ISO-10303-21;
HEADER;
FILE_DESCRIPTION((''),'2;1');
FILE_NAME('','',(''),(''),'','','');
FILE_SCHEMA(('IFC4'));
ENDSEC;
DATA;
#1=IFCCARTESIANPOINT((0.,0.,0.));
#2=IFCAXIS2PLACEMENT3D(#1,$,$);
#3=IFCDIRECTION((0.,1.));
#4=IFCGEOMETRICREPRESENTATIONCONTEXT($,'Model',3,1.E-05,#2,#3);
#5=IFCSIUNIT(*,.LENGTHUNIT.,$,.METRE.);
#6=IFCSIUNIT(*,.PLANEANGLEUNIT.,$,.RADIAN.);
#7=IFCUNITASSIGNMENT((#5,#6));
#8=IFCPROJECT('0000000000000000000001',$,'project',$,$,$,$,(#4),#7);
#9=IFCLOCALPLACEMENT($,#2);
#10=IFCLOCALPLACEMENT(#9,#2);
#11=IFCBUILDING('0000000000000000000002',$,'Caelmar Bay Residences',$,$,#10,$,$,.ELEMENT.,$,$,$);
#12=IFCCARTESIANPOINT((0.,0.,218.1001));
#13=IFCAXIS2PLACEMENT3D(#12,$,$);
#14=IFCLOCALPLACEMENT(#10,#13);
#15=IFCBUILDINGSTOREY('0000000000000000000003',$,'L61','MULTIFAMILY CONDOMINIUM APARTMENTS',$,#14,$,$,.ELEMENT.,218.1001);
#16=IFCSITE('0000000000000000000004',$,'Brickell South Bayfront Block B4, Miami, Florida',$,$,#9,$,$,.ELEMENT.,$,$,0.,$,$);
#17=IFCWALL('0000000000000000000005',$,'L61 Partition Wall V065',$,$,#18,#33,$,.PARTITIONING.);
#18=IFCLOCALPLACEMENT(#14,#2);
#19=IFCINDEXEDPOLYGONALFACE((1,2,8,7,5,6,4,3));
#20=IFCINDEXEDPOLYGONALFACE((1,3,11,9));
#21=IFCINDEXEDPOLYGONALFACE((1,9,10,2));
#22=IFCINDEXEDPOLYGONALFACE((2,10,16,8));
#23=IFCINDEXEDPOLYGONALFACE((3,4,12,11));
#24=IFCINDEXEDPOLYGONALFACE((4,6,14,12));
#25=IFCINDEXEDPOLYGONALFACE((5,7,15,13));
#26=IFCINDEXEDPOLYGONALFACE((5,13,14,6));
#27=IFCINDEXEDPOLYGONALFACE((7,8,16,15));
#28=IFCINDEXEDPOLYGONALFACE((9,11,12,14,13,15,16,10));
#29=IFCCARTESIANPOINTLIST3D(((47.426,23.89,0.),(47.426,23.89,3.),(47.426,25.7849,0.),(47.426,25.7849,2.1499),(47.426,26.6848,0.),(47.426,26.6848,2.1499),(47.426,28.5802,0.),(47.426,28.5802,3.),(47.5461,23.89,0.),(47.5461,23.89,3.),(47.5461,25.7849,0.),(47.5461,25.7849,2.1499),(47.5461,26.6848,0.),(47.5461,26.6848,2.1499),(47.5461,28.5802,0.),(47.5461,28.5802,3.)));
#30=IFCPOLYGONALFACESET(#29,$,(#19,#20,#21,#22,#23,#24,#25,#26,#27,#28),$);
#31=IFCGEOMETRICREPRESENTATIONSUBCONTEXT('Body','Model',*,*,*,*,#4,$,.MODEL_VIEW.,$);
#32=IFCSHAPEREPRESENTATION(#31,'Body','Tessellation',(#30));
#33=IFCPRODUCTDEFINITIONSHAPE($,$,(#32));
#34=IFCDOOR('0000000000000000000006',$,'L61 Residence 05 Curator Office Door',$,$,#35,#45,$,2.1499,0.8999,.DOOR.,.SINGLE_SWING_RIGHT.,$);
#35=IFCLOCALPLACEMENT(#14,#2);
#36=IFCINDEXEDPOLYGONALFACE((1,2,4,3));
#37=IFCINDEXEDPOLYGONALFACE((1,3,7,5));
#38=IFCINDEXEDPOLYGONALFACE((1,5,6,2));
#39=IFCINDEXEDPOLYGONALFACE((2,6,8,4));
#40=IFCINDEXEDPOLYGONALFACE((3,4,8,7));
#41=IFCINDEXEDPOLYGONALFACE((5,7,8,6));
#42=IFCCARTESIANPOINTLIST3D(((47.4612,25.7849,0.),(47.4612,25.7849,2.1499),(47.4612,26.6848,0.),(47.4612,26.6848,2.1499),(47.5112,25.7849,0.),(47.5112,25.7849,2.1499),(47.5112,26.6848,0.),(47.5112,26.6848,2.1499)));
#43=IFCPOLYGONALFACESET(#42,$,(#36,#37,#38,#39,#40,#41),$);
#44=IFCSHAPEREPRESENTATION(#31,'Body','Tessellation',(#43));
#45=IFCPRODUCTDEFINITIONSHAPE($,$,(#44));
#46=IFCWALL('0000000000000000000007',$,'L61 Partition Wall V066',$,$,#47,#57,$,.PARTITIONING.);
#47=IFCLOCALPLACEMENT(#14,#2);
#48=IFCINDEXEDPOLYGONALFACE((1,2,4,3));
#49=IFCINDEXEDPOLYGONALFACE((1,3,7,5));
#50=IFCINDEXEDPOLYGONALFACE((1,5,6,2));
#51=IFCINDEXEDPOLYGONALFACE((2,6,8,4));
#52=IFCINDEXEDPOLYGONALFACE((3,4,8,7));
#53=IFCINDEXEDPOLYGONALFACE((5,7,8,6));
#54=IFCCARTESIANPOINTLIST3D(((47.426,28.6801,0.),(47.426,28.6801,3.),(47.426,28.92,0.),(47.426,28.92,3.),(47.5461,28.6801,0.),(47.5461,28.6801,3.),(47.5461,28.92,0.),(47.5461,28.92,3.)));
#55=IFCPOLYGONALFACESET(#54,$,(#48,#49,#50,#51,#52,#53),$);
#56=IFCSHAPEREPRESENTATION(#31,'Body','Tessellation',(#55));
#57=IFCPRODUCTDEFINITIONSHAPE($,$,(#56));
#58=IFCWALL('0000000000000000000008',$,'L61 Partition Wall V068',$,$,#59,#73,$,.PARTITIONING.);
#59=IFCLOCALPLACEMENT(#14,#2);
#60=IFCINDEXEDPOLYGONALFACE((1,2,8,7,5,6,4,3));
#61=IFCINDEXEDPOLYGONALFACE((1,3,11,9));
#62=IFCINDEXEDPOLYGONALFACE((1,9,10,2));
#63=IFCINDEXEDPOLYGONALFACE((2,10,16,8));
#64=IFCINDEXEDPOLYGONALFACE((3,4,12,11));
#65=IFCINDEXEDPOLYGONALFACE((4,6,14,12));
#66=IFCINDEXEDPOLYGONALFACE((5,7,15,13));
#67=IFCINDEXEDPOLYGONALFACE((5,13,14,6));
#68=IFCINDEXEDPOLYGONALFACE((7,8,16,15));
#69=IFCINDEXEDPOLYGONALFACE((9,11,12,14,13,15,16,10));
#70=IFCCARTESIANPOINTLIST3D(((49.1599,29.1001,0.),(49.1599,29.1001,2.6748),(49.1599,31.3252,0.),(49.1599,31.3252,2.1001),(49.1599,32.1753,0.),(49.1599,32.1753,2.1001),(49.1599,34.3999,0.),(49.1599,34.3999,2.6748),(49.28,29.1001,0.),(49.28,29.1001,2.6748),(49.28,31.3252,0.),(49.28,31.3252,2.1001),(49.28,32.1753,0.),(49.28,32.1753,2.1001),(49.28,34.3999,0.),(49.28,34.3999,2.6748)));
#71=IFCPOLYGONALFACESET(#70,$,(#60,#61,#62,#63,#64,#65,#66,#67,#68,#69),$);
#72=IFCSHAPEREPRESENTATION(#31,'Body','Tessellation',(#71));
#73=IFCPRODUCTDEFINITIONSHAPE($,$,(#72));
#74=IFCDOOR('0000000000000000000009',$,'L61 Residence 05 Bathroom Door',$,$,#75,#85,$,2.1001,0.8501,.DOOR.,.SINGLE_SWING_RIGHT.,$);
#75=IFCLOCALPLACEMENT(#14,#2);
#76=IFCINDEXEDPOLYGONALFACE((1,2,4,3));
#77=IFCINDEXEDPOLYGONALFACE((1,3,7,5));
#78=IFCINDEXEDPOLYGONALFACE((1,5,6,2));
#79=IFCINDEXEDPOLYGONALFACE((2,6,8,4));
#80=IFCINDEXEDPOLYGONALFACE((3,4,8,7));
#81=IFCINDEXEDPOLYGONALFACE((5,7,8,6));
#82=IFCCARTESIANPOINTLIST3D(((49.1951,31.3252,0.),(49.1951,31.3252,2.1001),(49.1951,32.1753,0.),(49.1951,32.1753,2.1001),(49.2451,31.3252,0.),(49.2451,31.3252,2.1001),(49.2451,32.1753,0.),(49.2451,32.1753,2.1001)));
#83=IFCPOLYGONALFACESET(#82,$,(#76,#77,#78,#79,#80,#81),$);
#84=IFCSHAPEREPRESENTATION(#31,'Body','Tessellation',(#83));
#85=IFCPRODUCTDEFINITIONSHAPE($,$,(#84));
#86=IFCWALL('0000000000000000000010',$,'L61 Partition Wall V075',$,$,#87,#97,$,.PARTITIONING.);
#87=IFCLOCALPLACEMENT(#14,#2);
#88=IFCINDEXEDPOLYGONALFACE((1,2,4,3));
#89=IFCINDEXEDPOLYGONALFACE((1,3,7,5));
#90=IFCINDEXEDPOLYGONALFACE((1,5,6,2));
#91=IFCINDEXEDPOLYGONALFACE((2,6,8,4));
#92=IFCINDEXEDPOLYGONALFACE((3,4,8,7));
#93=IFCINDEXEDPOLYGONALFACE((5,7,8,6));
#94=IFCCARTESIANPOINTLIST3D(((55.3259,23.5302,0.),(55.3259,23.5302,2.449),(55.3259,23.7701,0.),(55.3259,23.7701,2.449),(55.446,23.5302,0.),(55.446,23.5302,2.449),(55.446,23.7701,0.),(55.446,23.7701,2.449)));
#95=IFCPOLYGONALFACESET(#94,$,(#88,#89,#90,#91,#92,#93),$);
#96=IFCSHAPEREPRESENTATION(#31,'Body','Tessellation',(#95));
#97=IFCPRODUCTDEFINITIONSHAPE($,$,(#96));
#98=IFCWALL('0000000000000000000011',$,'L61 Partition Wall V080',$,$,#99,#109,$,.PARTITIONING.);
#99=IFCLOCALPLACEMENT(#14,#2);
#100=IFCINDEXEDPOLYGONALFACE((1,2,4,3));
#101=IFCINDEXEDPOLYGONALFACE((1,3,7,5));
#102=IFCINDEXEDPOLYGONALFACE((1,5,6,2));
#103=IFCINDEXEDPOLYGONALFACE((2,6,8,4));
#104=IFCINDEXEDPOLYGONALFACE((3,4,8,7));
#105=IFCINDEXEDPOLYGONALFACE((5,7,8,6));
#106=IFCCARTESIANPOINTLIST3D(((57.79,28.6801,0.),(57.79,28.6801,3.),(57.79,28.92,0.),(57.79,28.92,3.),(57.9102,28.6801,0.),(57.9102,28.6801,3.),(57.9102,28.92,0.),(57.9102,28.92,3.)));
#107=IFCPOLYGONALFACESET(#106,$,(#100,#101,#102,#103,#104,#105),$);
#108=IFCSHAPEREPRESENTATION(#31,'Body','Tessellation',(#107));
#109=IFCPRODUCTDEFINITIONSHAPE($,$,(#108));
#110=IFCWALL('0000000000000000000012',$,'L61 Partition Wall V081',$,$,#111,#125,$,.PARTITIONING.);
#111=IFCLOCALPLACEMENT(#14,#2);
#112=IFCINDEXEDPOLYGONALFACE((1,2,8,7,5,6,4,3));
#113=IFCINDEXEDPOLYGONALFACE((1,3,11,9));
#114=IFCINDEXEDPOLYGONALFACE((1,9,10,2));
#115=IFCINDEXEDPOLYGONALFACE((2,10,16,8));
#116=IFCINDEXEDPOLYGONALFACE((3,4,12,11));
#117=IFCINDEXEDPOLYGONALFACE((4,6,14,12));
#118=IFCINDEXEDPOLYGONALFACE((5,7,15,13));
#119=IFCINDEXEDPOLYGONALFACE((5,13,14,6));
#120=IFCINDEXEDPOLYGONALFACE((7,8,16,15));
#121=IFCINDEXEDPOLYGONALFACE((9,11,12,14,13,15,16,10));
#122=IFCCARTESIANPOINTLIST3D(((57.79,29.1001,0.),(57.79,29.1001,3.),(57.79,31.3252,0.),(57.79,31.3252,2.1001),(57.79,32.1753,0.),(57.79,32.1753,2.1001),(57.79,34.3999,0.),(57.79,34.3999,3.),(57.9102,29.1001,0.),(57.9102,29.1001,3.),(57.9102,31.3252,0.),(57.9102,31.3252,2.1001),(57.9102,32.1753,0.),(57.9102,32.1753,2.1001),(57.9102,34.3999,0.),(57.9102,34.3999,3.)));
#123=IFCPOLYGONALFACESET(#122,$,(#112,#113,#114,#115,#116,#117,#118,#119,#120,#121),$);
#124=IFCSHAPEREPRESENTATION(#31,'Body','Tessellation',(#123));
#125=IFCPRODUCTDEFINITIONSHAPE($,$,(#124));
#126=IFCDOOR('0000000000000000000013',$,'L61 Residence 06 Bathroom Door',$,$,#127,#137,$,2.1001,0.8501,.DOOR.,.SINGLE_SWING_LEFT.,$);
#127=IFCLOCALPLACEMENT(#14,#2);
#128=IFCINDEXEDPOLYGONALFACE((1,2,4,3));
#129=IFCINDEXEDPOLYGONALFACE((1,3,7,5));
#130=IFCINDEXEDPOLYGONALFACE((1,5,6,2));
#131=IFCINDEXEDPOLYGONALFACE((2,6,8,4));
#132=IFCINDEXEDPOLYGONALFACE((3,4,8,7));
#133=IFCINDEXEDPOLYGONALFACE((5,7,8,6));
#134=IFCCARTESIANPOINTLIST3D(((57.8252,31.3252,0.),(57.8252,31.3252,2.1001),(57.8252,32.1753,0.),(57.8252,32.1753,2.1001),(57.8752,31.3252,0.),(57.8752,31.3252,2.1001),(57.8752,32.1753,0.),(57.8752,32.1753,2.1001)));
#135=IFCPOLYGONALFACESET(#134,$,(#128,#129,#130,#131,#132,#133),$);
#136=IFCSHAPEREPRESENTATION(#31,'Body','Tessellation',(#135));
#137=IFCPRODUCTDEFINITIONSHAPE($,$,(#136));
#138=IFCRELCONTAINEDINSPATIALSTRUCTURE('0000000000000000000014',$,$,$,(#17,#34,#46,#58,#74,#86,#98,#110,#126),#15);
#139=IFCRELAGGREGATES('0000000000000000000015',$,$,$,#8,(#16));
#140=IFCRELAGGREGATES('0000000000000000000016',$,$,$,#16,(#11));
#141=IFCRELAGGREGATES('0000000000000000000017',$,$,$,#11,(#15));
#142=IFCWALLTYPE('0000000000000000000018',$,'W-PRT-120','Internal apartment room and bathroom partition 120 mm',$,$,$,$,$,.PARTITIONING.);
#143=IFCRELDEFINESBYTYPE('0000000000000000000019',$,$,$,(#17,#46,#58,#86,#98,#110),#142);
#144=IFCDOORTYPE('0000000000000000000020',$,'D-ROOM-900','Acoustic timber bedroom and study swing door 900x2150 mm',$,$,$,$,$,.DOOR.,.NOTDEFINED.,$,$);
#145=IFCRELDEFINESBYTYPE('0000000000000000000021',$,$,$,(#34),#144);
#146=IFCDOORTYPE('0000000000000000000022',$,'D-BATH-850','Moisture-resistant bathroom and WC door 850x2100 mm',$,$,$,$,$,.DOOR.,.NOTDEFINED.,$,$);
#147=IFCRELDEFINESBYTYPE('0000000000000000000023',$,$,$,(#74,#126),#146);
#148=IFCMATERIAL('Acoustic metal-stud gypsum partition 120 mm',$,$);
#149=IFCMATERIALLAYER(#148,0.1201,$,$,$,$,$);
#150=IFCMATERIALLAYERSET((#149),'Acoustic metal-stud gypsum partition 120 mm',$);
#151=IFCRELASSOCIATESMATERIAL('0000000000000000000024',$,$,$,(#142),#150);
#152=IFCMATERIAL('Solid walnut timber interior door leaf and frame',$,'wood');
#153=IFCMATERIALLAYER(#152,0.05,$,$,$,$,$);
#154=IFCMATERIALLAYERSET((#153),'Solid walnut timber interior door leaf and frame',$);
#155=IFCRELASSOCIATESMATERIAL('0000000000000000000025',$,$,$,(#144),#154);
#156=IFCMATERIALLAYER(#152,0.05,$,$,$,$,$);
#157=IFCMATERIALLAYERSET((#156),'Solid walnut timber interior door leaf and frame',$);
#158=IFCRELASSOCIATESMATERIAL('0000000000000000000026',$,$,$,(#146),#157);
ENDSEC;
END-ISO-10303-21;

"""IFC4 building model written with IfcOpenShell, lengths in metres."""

from ifc_helpers import new_model, si_unit, direction, frame, frame_2d, origin, place, context, subcontext, project, spatial, rectangle, extrude, material, layer, layer_set, type_object, element, fill, save


model = new_model("IFC4")

# Units and contexts
model_context = context("Model", 3, precision=1e-05, world=origin(), true_north=direction((0.0, 1.0)))
body_context = subcontext(model_context, "Body", "Model", "MODEL_VIEW")
ifc_project = project(units=[si_unit("LENGTHUNIT", "METRE"), si_unit("PLANEANGLEUNIT", "RADIAN")], contexts=[model_context])

# Site, building, storey
site_placement = place(None, origin())
site = spatial("IfcSite", under=ifc_project, at=site_placement, Name="Brickell South Bayfront Block B4, Miami, Florida", CompositionType="ELEMENT", RefElevation=0.0)
building_placement = place(site_placement, origin())
building = spatial("IfcBuilding", under=site, at=building_placement, Name="Caelmar Bay Residences", CompositionType="ELEMENT")
storey_placement = place(building_placement, frame((0.0, 0.0, 218.1001)))
storey = spatial("IfcBuildingStorey", under=building, at=storey_placement, Name="L61", Description="MULTIFAMILY CONDOMINIUM APARTMENTS", CompositionType="ELEMENT", Elevation=218.1001)

# Wall, opening, door
ifc_material_1 = material(Name="Acoustic metal-stud gypsum partition 120 mm")
ifc_layer_1 = layer(ifc_material_1, 0.1201)
ifc_layer_set_1 = layer_set([ifc_layer_1], Name="Acoustic metal-stud gypsum partition 120 mm")
wall_type_1 = type_object("IfcWallType", Name="W-PRT-120", Description="Internal apartment room and bathroom partition 120 mm", PredefinedType="PARTITIONING", material=ifc_layer_set_1)
wall_1_placement = place(storey_placement, frame((47.4861, 23.8899, 0.0), z_axis=(0.0, 0.0, 1.0), x_axis=(0.0, 1.0, 0.0)))
wall_1 = element("IfcWall", 1, at=wall_1_placement, inside=storey, type_object=wall_type_1, Name="L61 Partition Wall V065", PredefinedType="PARTITIONING", context=body_context, shape_type="SweptSolid", body=[
    extrude(rectangle(XDim=4.6902, YDim=0.1201, at=frame_2d((2.3452, 0.0))), origin(), (0.0, 0.0, 1.0), 3.0),
])
opening_1_placement = place(wall_1_placement, frame((1.895, 0.0, 0.0)))
opening_1 = element("IfcOpeningElement", 2, at=opening_1_placement, cuts=wall_1, PredefinedType="OPENING", context=body_context, shape_type="SweptSolid", body=[
    extrude(rectangle(XDim=0.8999, YDim=2.1499, at=frame_2d((0.45, 1.075))), frame((0.0, 0.0701, 0.0), z_axis=(0.0, -1.0, 0.0), x_axis=(1.0, 0.0, 0.0)), (0.0, 0.0, 1.0), 0.1401),
])
ifc_material_2 = material(Name="Solid walnut timber interior door leaf and frame", Category="wood")
ifc_layer_2 = layer(ifc_material_2, 0.05)
ifc_layer_set_2 = layer_set([ifc_layer_2], Name="Solid walnut timber interior door leaf and frame")
door_type_1 = type_object("IfcDoorType", Name="D-ROOM-900", Description="Acoustic timber bedroom and study swing door 900x2150 mm", OperationType="NOTDEFINED", PredefinedType="DOOR", material=ifc_layer_set_2)
door_1_placement = place(opening_1_placement, origin())
door_1 = element("IfcDoor", 3, at=door_1_placement, inside=storey, type_object=door_type_1, Name="L61 Residence 05 Curator Office Door", OperationType="SINGLE_SWING_RIGHT", OverallHeight=2.1499, OverallWidth=0.8999, PredefinedType="DOOR", context=body_context, shape_type="SweptSolid", body=[
    extrude(rectangle(XDim=0.8999, YDim=2.1499, at=frame_2d((0.45, 1.075))), frame((0.0, 0.0249, 0.0), z_axis=(0.0, -1.0, 0.0), x_axis=(1.0, 0.0, 0.0)), (0.0, 0.0, 1.0), 0.05),
])
fill(opening_1, door_1)

# Wall
wall_2_placement = place(storey_placement, frame((47.4861, 28.6799, 0.0), z_axis=(0.0, 0.0, 1.0), x_axis=(0.0, 1.0, 0.0)))
element("IfcWall", 4, at=wall_2_placement, inside=storey, type_object=wall_type_1, Name="L61 Partition Wall V066", PredefinedType="PARTITIONING", context=body_context, shape_type="SweptSolid", body=[
    extrude(rectangle(XDim=0.24, YDim=0.1201, at=frame_2d((0.1201, 0.0))), origin(), (0.0, 0.0, 1.0), 3.0),
])

# Wall, opening, door
wall_3_placement = place(storey_placement, frame((49.22, 29.1001, 0.0), z_axis=(0.0, 0.0, 1.0), x_axis=(0.0, 1.0, 0.0)))
wall_3 = element("IfcWall", 5, at=wall_3_placement, inside=storey, type_object=wall_type_1, Name="L61 Partition Wall V068", PredefinedType="PARTITIONING", context=body_context, shape_type="SweptSolid", body=[
    extrude(rectangle(XDim=5.2998, YDim=0.1201, at=frame_2d((2.6499, 0.0))), origin(), (0.0, 0.0, 1.0), 2.6748),
])
opening_2_placement = place(wall_3_placement, frame((2.2251, 0.0, 0.0)))
opening_2 = element("IfcOpeningElement", 6, at=opening_2_placement, cuts=wall_3, PredefinedType="OPENING", context=body_context, shape_type="SweptSolid", body=[
    extrude(rectangle(XDim=0.8501, YDim=2.1001, at=frame_2d((0.425, 1.05))), frame((0.0, 0.0701, 0.0), z_axis=(0.0, -1.0, 0.0), x_axis=(1.0, 0.0, 0.0)), (0.0, 0.0, 1.0), 0.1401),
])
ifc_layer_3 = layer(ifc_material_2, 0.05)
ifc_layer_set_3 = layer_set([ifc_layer_3], Name="Solid walnut timber interior door leaf and frame")
door_type_2 = type_object("IfcDoorType", Name="D-BATH-850", Description="Moisture-resistant bathroom and WC door 850x2100 mm", OperationType="NOTDEFINED", PredefinedType="DOOR", material=ifc_layer_set_3)
door_2_placement = place(opening_2_placement, origin())
door_2 = element("IfcDoor", 7, at=door_2_placement, inside=storey, type_object=door_type_2, Name="L61 Residence 05 Bathroom Door", OperationType="SINGLE_SWING_RIGHT", OverallHeight=2.1001, OverallWidth=0.8501, PredefinedType="DOOR", context=body_context, shape_type="SweptSolid", body=[
    extrude(rectangle(XDim=0.8501, YDim=2.1001, at=frame_2d((0.425, 1.05))), frame((0.0, 0.0249, 0.0), z_axis=(0.0, -1.0, 0.0), x_axis=(1.0, 0.0, 0.0)), (0.0, 0.0, 1.0), 0.05),
])
fill(opening_2, door_2)

# Wall
wall_4_placement = place(storey_placement, frame((55.386, 23.53, 0.0), z_axis=(0.0, 0.0, 1.0), x_axis=(0.0, 1.0, 0.0)))
element("IfcWall", 8, at=wall_4_placement, inside=storey, type_object=wall_type_1, Name="L61 Partition Wall V075", PredefinedType="PARTITIONING", context=body_context, shape_type="SweptSolid", body=[
    extrude(rectangle(XDim=0.24, YDim=0.1201, at=frame_2d((0.1201, 0.0))), origin(), (0.0, 0.0, 1.0), 2.449),
])

# Wall
wall_5_placement = place(storey_placement, frame((57.8501, 28.6799, 0.0), z_axis=(0.0, 0.0, 1.0), x_axis=(0.0, 1.0, 0.0)))
element("IfcWall", 9, at=wall_5_placement, inside=storey, type_object=wall_type_1, Name="L61 Partition Wall V080", PredefinedType="PARTITIONING", context=body_context, shape_type="SweptSolid", body=[
    extrude(rectangle(XDim=0.24, YDim=0.1201, at=frame_2d((0.1201, 0.0))), origin(), (0.0, 0.0, 1.0), 3.0),
])

# Wall, opening, door
wall_6_placement = place(storey_placement, frame((57.8501, 29.1001, 0.0), z_axis=(0.0, 0.0, 1.0), x_axis=(0.0, 1.0, 0.0)))
wall_6 = element("IfcWall", 10, at=wall_6_placement, inside=storey, type_object=wall_type_1, Name="L61 Partition Wall V081", PredefinedType="PARTITIONING", context=body_context, shape_type="SweptSolid", body=[
    extrude(rectangle(XDim=5.2998, YDim=0.1201, at=frame_2d((2.6499, 0.0))), origin(), (0.0, 0.0, 1.0), 3.0),
])
opening_3_placement = place(wall_6_placement, frame((2.2251, 0.0, 0.0)))
opening_3 = element("IfcOpeningElement", 11, at=opening_3_placement, cuts=wall_6, PredefinedType="OPENING", context=body_context, shape_type="SweptSolid", body=[
    extrude(rectangle(XDim=0.8501, YDim=2.1001, at=frame_2d((0.425, 1.05))), frame((0.0, 0.0701, 0.0), z_axis=(0.0, -1.0, 0.0), x_axis=(1.0, 0.0, 0.0)), (0.0, 0.0, 1.0), 0.1401),
])
door_3_placement = place(opening_3_placement, origin())
door_3 = element("IfcDoor", 12, at=door_3_placement, inside=storey, type_object=door_type_2, Name="L61 Residence 06 Bathroom Door", OperationType="SINGLE_SWING_LEFT", OverallHeight=2.1001, OverallWidth=0.8501, PredefinedType="DOOR", context=body_context, shape_type="SweptSolid", body=[
    extrude(rectangle(XDim=0.8501, YDim=2.1001, at=frame_2d((0.425, 1.05))), frame((0.0, 0.0249, 0.0), z_axis=(0.0, -1.0, 0.0), x_axis=(1.0, 0.0, 0.0)), (0.0, 0.0, 1.0), 0.05),
])
fill(opening_3, door_3)

save(model, "model.ifc")
